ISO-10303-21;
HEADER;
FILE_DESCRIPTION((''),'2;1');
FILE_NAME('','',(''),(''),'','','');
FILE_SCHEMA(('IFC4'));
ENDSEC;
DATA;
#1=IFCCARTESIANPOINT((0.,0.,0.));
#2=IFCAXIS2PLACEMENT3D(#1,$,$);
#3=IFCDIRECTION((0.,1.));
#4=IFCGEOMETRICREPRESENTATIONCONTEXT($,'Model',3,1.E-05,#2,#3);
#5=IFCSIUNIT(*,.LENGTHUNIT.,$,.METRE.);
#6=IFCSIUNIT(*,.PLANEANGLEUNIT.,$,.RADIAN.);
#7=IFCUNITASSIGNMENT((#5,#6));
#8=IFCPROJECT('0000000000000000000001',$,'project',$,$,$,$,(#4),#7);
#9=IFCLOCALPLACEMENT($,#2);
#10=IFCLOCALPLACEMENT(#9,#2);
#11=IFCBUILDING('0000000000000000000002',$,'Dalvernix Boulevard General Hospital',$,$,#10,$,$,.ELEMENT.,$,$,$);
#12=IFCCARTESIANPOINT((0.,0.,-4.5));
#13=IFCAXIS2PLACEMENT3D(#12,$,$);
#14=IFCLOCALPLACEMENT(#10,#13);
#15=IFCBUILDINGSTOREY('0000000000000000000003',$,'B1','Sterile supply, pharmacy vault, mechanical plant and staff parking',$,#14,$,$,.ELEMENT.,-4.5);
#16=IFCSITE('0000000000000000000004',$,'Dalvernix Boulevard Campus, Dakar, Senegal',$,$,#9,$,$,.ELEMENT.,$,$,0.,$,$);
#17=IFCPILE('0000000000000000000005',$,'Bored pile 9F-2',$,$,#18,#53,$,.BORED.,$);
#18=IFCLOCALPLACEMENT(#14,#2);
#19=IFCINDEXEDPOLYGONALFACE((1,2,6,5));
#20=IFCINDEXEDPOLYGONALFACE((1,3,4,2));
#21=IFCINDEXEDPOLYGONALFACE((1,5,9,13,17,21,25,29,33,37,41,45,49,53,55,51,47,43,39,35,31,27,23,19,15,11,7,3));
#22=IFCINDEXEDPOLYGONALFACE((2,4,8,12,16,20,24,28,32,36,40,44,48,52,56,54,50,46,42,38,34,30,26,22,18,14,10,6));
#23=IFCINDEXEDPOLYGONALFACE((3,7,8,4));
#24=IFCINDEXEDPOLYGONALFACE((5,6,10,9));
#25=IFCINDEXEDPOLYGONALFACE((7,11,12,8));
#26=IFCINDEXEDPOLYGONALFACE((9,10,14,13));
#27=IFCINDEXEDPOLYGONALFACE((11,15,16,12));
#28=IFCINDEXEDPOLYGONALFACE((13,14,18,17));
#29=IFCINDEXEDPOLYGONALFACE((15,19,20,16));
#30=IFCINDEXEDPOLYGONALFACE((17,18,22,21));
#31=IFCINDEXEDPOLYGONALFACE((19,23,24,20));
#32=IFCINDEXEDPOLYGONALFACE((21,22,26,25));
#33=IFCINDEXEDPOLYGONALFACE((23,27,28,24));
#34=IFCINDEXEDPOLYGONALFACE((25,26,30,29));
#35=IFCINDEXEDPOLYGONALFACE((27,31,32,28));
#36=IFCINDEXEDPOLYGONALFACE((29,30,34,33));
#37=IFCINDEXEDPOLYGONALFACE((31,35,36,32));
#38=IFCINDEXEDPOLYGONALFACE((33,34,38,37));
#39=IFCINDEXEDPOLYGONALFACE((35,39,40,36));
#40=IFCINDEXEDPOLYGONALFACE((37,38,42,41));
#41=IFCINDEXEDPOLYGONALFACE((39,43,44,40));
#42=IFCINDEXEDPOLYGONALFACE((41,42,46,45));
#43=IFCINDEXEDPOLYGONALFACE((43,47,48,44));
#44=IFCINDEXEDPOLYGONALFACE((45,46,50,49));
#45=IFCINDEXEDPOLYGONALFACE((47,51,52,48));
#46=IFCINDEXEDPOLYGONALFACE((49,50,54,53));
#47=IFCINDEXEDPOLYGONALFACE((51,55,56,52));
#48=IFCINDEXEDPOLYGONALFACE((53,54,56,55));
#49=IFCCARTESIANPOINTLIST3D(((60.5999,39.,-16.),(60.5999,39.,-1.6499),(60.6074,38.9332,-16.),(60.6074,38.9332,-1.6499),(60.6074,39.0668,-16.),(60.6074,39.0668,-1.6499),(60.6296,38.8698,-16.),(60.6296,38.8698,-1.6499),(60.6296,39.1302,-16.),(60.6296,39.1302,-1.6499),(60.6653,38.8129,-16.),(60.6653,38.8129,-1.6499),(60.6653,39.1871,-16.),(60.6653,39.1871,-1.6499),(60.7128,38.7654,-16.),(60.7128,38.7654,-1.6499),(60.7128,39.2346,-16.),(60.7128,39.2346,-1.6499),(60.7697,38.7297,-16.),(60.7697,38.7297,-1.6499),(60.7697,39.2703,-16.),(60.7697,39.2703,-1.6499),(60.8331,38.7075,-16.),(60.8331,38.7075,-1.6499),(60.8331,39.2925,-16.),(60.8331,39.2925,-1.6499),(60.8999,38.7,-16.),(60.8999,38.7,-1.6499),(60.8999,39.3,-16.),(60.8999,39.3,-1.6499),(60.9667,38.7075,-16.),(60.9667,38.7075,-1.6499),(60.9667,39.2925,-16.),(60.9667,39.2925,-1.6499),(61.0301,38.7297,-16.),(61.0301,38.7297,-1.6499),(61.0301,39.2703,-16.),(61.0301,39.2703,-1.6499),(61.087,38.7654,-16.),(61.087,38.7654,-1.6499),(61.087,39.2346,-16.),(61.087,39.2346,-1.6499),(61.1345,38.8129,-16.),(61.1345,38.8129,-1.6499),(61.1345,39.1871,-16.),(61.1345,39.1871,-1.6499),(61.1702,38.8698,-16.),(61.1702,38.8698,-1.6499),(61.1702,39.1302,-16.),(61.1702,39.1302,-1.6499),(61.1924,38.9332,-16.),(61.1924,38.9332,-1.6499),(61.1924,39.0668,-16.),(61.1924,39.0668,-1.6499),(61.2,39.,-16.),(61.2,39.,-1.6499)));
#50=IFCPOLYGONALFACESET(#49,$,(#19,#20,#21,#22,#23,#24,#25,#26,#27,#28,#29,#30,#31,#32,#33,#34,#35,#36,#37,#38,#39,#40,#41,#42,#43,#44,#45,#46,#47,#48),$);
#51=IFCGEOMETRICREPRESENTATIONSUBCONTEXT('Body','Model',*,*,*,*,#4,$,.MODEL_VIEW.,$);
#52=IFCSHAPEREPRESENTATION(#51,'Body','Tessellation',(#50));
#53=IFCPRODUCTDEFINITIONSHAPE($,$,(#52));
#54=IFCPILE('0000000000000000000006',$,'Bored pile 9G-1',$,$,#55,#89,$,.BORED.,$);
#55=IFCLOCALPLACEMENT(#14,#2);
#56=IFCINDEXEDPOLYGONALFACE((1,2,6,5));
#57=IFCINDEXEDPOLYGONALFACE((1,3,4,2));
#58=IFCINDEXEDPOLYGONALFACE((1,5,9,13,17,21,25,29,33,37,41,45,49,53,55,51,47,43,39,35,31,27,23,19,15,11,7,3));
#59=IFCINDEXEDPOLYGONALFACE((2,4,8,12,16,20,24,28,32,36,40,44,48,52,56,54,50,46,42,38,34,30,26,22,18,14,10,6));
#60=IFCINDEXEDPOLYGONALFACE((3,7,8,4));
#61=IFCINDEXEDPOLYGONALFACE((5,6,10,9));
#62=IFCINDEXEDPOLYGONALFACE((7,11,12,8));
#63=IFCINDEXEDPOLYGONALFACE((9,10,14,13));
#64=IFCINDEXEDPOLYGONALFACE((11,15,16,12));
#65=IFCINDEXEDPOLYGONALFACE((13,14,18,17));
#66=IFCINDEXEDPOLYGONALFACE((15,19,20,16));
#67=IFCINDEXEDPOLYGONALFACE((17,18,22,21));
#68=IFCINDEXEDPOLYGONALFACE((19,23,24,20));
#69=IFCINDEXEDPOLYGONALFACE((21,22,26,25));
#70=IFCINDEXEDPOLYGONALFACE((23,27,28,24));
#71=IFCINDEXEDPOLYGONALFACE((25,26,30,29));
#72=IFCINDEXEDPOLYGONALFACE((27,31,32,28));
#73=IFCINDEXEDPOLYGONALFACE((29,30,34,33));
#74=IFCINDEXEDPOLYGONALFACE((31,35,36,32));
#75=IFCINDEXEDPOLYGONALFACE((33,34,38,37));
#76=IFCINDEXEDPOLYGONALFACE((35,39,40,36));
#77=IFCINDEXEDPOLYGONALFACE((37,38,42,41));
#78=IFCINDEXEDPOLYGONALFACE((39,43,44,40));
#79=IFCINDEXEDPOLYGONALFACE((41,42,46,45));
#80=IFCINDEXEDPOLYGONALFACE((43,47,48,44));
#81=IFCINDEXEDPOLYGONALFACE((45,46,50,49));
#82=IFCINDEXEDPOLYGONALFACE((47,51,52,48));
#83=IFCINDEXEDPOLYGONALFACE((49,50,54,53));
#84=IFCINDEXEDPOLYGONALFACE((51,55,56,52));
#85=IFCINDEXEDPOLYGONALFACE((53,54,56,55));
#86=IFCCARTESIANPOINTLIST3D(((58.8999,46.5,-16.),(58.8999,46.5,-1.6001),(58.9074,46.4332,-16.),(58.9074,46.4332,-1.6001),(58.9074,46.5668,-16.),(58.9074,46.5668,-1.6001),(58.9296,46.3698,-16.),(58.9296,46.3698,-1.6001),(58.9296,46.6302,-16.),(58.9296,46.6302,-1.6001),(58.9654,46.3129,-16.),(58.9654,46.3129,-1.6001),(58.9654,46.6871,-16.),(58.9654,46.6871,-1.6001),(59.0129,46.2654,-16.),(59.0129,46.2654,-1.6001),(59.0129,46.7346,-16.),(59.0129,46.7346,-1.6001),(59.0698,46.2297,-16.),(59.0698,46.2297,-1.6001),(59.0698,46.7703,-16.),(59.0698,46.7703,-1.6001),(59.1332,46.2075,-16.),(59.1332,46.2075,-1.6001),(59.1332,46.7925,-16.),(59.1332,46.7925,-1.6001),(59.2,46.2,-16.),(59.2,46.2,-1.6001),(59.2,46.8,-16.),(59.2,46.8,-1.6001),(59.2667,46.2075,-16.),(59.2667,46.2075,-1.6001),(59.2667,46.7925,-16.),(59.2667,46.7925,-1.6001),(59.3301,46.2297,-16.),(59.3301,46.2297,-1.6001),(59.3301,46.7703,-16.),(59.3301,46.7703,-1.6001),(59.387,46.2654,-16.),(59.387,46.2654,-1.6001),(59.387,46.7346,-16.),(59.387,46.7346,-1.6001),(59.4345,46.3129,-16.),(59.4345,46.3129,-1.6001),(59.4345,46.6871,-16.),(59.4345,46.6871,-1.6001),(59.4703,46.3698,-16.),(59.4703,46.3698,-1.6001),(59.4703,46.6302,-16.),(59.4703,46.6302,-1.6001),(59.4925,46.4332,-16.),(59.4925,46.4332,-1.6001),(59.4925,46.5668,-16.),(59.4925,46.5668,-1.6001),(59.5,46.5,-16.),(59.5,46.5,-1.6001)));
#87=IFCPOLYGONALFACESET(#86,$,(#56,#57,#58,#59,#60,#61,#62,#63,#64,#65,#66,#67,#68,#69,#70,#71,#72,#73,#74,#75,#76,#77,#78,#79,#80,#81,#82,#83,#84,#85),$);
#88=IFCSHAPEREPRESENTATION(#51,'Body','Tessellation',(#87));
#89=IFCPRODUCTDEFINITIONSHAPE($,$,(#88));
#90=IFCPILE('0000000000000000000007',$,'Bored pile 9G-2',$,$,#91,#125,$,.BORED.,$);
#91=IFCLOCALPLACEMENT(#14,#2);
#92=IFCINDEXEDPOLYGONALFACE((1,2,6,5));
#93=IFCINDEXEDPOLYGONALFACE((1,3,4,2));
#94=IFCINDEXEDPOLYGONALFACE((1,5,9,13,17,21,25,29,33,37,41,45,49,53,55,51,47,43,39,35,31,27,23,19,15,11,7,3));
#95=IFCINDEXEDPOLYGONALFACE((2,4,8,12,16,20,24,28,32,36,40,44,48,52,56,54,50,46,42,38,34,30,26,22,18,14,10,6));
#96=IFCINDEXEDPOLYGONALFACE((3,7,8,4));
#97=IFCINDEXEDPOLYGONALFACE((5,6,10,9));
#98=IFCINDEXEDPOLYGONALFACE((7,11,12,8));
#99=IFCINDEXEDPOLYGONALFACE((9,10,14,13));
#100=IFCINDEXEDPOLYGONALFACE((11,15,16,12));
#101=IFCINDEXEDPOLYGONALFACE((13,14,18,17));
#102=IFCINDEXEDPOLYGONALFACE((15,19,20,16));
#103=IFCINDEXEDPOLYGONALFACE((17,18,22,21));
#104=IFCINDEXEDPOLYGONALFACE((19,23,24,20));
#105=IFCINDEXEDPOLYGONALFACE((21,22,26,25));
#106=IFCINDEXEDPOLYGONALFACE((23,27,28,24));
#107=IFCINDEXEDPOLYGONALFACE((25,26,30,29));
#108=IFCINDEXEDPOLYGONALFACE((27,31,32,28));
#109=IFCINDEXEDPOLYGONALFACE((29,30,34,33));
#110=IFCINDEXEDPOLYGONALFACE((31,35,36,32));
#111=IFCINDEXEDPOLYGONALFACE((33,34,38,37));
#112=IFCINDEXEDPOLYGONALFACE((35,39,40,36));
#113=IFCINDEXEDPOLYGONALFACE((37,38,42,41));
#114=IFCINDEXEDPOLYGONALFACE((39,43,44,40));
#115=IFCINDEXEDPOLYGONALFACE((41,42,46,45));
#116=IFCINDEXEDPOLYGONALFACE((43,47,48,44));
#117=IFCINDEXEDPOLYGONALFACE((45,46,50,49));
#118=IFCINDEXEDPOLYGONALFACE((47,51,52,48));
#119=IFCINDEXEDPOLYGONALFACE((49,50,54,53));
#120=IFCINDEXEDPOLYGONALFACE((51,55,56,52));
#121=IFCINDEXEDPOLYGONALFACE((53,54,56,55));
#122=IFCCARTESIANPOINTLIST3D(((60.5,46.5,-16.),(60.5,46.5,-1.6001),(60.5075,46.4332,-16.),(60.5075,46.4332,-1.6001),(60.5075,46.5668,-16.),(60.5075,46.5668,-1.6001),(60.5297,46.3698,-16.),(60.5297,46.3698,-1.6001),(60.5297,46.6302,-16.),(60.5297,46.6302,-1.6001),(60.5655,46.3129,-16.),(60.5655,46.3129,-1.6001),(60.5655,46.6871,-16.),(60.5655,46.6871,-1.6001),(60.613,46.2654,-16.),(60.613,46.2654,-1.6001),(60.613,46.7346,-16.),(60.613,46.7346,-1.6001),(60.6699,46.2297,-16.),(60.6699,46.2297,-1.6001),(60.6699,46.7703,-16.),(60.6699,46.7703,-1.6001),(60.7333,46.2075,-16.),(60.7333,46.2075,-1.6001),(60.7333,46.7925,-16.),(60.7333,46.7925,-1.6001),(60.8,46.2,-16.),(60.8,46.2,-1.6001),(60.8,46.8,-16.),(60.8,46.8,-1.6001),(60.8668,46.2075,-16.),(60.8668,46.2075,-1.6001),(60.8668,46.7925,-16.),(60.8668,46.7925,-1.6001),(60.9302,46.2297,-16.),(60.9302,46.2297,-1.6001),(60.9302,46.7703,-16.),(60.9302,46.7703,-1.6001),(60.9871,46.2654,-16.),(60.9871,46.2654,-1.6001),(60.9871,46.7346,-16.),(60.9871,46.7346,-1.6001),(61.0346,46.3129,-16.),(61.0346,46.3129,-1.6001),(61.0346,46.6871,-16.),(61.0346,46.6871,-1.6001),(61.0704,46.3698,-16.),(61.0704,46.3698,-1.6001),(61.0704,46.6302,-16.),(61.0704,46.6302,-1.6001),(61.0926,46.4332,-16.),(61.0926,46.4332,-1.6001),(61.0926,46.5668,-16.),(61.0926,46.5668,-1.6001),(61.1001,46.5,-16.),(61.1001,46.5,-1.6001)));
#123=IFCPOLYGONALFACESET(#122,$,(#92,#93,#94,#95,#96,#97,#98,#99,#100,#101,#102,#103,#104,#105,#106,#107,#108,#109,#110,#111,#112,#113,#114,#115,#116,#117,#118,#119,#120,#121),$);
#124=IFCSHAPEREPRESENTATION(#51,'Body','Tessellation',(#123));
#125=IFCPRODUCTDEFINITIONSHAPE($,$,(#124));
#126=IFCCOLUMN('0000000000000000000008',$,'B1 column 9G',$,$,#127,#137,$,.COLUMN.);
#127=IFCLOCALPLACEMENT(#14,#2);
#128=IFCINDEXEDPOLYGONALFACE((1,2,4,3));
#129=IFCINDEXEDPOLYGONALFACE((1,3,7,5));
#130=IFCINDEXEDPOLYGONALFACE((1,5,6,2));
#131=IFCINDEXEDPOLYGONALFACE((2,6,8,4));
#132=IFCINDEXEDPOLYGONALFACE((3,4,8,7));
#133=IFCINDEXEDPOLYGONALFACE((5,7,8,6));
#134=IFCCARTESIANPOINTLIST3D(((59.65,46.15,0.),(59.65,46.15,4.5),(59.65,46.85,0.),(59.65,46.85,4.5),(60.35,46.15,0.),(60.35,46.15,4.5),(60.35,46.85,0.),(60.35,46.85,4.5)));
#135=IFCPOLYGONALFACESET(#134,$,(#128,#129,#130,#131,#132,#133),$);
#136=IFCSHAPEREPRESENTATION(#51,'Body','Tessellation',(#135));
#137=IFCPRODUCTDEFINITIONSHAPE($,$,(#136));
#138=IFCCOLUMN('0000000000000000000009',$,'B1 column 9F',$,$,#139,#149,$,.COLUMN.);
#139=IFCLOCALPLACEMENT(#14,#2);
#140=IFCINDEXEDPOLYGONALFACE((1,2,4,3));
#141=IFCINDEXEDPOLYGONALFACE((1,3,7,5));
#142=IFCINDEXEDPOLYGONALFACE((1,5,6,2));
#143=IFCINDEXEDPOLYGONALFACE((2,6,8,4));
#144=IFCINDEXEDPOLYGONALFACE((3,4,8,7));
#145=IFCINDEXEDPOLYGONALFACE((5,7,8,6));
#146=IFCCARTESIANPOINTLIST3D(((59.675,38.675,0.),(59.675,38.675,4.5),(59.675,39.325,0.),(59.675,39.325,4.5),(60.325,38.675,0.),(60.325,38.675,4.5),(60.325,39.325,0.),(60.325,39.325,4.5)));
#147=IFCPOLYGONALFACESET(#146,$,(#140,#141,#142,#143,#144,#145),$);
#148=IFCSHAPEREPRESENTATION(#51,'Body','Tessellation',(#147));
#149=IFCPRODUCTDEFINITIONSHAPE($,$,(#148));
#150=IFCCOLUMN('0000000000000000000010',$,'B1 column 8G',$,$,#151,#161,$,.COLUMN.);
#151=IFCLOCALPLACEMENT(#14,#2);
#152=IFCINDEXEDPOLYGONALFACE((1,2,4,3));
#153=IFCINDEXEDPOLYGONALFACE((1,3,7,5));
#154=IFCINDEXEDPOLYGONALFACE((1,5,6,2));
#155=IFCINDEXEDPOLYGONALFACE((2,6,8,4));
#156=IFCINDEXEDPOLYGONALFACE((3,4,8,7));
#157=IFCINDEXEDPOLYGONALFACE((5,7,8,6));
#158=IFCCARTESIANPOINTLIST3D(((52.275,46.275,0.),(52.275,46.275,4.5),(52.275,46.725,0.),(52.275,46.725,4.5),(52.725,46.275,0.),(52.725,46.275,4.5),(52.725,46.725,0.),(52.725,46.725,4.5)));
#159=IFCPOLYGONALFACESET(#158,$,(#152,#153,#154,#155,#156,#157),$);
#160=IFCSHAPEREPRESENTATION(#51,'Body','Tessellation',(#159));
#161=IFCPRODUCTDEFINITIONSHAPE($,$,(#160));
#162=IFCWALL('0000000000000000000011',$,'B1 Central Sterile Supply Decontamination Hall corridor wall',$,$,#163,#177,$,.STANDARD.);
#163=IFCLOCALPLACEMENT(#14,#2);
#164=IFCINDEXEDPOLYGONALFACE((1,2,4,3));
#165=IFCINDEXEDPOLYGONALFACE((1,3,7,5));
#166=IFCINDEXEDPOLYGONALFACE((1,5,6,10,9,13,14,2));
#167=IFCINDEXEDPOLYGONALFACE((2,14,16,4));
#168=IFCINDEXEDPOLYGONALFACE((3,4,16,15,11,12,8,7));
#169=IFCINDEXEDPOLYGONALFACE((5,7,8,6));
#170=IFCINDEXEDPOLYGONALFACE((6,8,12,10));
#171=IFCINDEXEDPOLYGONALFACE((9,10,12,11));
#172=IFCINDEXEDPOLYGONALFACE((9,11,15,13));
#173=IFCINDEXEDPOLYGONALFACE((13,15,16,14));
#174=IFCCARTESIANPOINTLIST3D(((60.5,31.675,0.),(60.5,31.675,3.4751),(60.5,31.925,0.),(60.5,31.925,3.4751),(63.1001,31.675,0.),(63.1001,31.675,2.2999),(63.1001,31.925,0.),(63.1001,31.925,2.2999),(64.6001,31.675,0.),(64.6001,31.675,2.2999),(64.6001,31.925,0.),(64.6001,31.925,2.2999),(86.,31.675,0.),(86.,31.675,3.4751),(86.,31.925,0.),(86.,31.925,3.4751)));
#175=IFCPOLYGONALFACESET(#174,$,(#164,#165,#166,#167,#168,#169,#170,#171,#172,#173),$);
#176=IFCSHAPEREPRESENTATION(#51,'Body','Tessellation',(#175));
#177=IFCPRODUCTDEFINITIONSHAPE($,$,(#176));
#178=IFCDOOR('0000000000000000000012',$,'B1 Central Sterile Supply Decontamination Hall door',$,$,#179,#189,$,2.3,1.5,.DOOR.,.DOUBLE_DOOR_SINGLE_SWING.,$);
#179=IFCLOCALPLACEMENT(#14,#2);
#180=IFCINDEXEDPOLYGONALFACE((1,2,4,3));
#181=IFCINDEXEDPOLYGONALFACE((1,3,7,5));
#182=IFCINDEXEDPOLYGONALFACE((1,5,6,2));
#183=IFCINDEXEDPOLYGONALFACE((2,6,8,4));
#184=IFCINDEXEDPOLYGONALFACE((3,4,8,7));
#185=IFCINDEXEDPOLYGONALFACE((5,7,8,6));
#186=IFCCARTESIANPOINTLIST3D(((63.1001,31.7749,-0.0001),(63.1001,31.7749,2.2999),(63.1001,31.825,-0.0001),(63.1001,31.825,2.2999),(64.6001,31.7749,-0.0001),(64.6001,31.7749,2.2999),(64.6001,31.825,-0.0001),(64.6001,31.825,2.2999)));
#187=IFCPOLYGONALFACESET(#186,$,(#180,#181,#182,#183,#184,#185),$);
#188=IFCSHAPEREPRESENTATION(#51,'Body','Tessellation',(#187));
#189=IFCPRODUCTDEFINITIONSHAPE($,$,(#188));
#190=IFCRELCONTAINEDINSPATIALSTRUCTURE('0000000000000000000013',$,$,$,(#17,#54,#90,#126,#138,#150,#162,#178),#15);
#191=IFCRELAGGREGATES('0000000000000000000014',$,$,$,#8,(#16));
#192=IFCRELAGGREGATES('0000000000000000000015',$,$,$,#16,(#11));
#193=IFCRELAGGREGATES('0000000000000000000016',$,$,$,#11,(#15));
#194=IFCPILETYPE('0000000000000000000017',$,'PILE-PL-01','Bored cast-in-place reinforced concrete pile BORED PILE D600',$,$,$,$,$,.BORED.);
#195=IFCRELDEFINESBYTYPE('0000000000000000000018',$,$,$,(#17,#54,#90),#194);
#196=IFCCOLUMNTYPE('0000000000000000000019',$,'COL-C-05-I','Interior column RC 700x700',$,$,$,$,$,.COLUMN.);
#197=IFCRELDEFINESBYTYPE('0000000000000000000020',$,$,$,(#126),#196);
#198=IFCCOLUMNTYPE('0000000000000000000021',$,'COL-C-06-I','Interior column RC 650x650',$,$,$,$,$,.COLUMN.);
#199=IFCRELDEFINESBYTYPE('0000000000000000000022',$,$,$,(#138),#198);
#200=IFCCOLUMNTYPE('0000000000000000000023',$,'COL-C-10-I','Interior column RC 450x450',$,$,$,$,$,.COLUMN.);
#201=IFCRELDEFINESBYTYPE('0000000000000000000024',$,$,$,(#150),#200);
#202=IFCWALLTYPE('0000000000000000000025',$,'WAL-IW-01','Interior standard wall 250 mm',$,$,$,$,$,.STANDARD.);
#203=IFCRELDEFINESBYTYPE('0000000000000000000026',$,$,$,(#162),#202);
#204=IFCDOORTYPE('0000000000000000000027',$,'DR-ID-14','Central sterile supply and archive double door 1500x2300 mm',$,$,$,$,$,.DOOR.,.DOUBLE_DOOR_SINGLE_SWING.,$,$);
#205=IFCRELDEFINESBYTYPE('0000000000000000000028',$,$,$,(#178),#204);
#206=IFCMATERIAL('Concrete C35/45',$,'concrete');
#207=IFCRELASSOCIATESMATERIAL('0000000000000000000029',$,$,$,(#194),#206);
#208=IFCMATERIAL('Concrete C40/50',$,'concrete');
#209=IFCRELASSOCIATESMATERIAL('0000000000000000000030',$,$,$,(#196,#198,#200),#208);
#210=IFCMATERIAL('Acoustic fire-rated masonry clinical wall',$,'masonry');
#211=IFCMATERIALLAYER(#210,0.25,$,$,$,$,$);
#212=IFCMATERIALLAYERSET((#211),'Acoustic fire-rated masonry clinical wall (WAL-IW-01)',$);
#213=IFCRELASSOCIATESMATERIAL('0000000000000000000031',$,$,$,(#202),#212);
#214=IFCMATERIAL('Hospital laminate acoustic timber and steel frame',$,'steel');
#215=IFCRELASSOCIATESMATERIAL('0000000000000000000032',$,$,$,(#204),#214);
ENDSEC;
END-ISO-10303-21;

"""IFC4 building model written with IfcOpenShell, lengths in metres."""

from ifc_helpers import new_model, si_unit, direction, frame, frame_2d, origin, origin_2d, place, context, subcontext, project, spatial, rectangle, circle, extrude, material, layer, layer_set, material_profile, profile_set, type_object, element, fill, save


model = new_model("IFC4")

# Units and contexts
model_context = context("Model", 3, precision=1e-05, world=origin(), true_north=direction((0.0, 1.0)))
body_context = subcontext(model_context, "Body", "Model", "MODEL_VIEW")
ifc_project = project(units=[si_unit("LENGTHUNIT", "METRE"), si_unit("PLANEANGLEUNIT", "RADIAN")], contexts=[model_context])

# Site, building, storey
site_placement = place(None, origin())
site = spatial("IfcSite", under=ifc_project, at=site_placement, Name="Dalvernix Boulevard Campus, Dakar, Senegal", CompositionType="ELEMENT", RefElevation=0.0)
building_placement = place(site_placement, origin())
building = spatial("IfcBuilding", under=site, at=building_placement, Name="Dalvernix Boulevard General Hospital", CompositionType="ELEMENT")
storey_placement = place(building_placement, frame((0.0, 0.0, -4.5)))
storey = spatial("IfcBuildingStorey", under=building, at=storey_placement, Name="B1", Description="Sterile supply, pharmacy vault, mechanical plant and staff parking", CompositionType="ELEMENT", Elevation=-4.5)

# Shared definitions
ifc_material_1 = material(Name="Concrete C35/45", Category="concrete")
ifc_material_2 = material(Name="Concrete C40/50", Category="concrete")

# Piles
ifc_material_profile_1 = material_profile(ifc_material_1, circle(Radius=0.3, at=origin_2d()), Name="BORED PILE D600")
ifc_profile_set_1 = profile_set([ifc_material_profile_1], Name="Concrete C35/45")
pile_type = type_object("IfcPileType", Name="PILE-PL-01", Description="Bored cast-in-place reinforced concrete pile BORED PILE D600", PredefinedType="BORED", material=ifc_profile_set_1)
for number, where, z_axis, x_axis, name in (
    (1, (60.8999, 39.0, -1.6499), (0.0, 0.0, -1.0), (1.0, 0.0, 0.0), "Bored pile 9F-2"),
):
    element("IfcPile", number, at=place(storey_placement, frame(where, z_axis=z_axis, x_axis=x_axis)), inside=storey, type_object=pile_type, Name=name, PredefinedType="BORED", context=body_context, shape_type="SweptSolid", body=[
        extrude(circle(Radius=0.3, at=origin_2d()), origin(), (0.0, 0.0, 1.0), 14.3501),
    ])
for number, where, z_axis, x_axis, name in (
    (2, (59.2, 46.5, -1.6001), (0.0, 0.0, -1.0), (1.0, 0.0, 0.0), "Bored pile 9G-1"),
    (3, (60.8, 46.5, -1.6001), (0.0, 0.0, -1.0), (1.0, 0.0, 0.0), "Bored pile 9G-2"),
):
    element("IfcPile", number, at=place(storey_placement, frame(where, z_axis=z_axis, x_axis=x_axis)), inside=storey, type_object=pile_type, Name=name, PredefinedType="BORED", context=body_context, shape_type="SweptSolid", body=[
        extrude(circle(Radius=0.3, at=origin_2d()), origin(), (0.0, 0.0, 1.0), 14.3999),
    ])

# Columns
ifc_material_profile_2 = material_profile(ifc_material_2, rectangle(XDim=0.7, YDim=0.7, at=origin_2d()), Name="RC 700x700")
ifc_profile_set_2 = profile_set([ifc_material_profile_2], Name="Concrete C40/50")
column_type_1 = type_object("IfcColumnType", Name="COL-C-05-I", Description="Interior column RC 700x700", PredefinedType="COLUMN", material=ifc_profile_set_2)
column_1_placement = place(storey_placement, frame((60.0, 46.5, 0.0), z_axis=(0.0, 0.0, 1.0), x_axis=(1.0, 0.0, 0.0)))
element("IfcColumn", 4, at=column_1_placement, inside=storey, type_object=column_type_1, Name="B1 column 9G", PredefinedType="COLUMN", context=body_context, shape_type="SweptSolid", body=[
    extrude(rectangle(XDim=0.7, YDim=0.7, at=origin_2d()), origin(), (0.0, 0.0, 1.0), 4.5),
])
ifc_material_profile_3 = material_profile(ifc_material_2, rectangle(XDim=0.6499, YDim=0.6499, at=origin_2d()), Name="RC 650x650")
ifc_profile_set_3 = profile_set([ifc_material_profile_3], Name="Concrete C40/50")
column_type_2 = type_object("IfcColumnType", Name="COL-C-06-I", Description="Interior column RC 650x650", PredefinedType="COLUMN", material=ifc_profile_set_3)
column_2_placement = place(storey_placement, frame((60.0, 39.0, 0.0), z_axis=(0.0, 0.0, 1.0), x_axis=(1.0, 0.0, 0.0)))
element("IfcColumn", 5, at=column_2_placement, inside=storey, type_object=column_type_2, Name="B1 column 9F", PredefinedType="COLUMN", context=body_context, shape_type="SweptSolid", body=[
    extrude(rectangle(XDim=0.6499, YDim=0.6499, at=origin_2d()), origin(), (0.0, 0.0, 1.0), 4.5),
])
ifc_material_profile_4 = material_profile(ifc_material_2, rectangle(XDim=0.45, YDim=0.45, at=origin_2d()), Name="RC 450x450")
ifc_profile_set_4 = profile_set([ifc_material_profile_4], Name="Concrete C40/50")
column_type_3 = type_object("IfcColumnType", Name="COL-C-10-I", Description="Interior column RC 450x450", PredefinedType="COLUMN", material=ifc_profile_set_4)
column_3_placement = place(storey_placement, frame((52.5, 46.5, 0.0), z_axis=(0.0, 0.0, 1.0), x_axis=(1.0, 0.0, 0.0)))
element("IfcColumn", 6, at=column_3_placement, inside=storey, type_object=column_type_3, Name="B1 column 8G", PredefinedType="COLUMN", context=body_context, shape_type="SweptSolid", body=[
    extrude(rectangle(XDim=0.45, YDim=0.45, at=origin_2d()), origin(), (0.0, 0.0, 1.0), 4.5),
])

# Wall, opening, door
ifc_material_3 = material(Name="Acoustic fire-rated masonry clinical wall", Category="masonry")
ifc_layer = layer(ifc_material_3, 0.25)
ifc_layer_set = layer_set([ifc_layer], Name="Acoustic fire-rated masonry clinical wall (WAL-IW-01)")
wall_type = type_object("IfcWallType", Name="WAL-IW-01", Description="Interior standard wall 250 mm", PredefinedType="STANDARD", material=ifc_layer_set)
wall_placement = place(storey_placement, frame((60.5, 31.8, 0.0), z_axis=(0.0, 0.0, 1.0), x_axis=(1.0, 0.0, 0.0)))
wall = element("IfcWall", 7, at=wall_placement, inside=storey, type_object=wall_type, Name="B1 Central Sterile Supply Decontamination Hall corridor wall", PredefinedType="STANDARD", context=body_context, shape_type="SweptSolid", body=[
    extrude(rectangle(XDim=25.5, YDim=0.25, at=frame_2d((12.75, 0.0))), origin(), (0.0, 0.0, 1.0), 3.4751),
])
opening_placement = place(wall_placement, frame((2.6001, 0.0, 0.0)))
opening = element("IfcOpeningElement", 8, at=opening_placement, cuts=wall, PredefinedType="OPENING", context=body_context, shape_type="SweptSolid", body=[
    extrude(rectangle(XDim=1.5, YDim=2.3, at=frame_2d((0.75, 1.1499))), frame((0.0, 0.135, 0.0), z_axis=(0.0, -1.0, 0.0), x_axis=(1.0, 0.0, 0.0)), (0.0, 0.0, 1.0), 0.27),
])
ifc_material_4 = material(Name="Hospital laminate acoustic timber and steel frame", Category="steel")
door_type = type_object("IfcDoorType", Name="DR-ID-14", Description="Central sterile supply and archive double door 1500x2300 mm", OperationType="DOUBLE_DOOR_SINGLE_SWING", PredefinedType="DOOR", material=ifc_material_4)
door_placement = place(opening_placement, origin())
door = element("IfcDoor", 9, at=door_placement, inside=storey, type_object=door_type, Name="B1 Central Sterile Supply Decontamination Hall door", OperationType="DOUBLE_DOOR_SINGLE_SWING", OverallHeight=2.3, OverallWidth=1.5, PredefinedType="DOOR", context=body_context, shape_type="SweptSolid", body=[
    extrude(rectangle(XDim=1.5, YDim=2.3, at=frame_2d((0.75, 1.1499))), frame((0.0, 0.0249, 0.0), z_axis=(0.0, -1.0, 0.0), x_axis=(1.0, 0.0, 0.0)), (0.0, 0.0, 1.0), 0.05),
])
fill(opening, door)

save(model, "model.ifc")
